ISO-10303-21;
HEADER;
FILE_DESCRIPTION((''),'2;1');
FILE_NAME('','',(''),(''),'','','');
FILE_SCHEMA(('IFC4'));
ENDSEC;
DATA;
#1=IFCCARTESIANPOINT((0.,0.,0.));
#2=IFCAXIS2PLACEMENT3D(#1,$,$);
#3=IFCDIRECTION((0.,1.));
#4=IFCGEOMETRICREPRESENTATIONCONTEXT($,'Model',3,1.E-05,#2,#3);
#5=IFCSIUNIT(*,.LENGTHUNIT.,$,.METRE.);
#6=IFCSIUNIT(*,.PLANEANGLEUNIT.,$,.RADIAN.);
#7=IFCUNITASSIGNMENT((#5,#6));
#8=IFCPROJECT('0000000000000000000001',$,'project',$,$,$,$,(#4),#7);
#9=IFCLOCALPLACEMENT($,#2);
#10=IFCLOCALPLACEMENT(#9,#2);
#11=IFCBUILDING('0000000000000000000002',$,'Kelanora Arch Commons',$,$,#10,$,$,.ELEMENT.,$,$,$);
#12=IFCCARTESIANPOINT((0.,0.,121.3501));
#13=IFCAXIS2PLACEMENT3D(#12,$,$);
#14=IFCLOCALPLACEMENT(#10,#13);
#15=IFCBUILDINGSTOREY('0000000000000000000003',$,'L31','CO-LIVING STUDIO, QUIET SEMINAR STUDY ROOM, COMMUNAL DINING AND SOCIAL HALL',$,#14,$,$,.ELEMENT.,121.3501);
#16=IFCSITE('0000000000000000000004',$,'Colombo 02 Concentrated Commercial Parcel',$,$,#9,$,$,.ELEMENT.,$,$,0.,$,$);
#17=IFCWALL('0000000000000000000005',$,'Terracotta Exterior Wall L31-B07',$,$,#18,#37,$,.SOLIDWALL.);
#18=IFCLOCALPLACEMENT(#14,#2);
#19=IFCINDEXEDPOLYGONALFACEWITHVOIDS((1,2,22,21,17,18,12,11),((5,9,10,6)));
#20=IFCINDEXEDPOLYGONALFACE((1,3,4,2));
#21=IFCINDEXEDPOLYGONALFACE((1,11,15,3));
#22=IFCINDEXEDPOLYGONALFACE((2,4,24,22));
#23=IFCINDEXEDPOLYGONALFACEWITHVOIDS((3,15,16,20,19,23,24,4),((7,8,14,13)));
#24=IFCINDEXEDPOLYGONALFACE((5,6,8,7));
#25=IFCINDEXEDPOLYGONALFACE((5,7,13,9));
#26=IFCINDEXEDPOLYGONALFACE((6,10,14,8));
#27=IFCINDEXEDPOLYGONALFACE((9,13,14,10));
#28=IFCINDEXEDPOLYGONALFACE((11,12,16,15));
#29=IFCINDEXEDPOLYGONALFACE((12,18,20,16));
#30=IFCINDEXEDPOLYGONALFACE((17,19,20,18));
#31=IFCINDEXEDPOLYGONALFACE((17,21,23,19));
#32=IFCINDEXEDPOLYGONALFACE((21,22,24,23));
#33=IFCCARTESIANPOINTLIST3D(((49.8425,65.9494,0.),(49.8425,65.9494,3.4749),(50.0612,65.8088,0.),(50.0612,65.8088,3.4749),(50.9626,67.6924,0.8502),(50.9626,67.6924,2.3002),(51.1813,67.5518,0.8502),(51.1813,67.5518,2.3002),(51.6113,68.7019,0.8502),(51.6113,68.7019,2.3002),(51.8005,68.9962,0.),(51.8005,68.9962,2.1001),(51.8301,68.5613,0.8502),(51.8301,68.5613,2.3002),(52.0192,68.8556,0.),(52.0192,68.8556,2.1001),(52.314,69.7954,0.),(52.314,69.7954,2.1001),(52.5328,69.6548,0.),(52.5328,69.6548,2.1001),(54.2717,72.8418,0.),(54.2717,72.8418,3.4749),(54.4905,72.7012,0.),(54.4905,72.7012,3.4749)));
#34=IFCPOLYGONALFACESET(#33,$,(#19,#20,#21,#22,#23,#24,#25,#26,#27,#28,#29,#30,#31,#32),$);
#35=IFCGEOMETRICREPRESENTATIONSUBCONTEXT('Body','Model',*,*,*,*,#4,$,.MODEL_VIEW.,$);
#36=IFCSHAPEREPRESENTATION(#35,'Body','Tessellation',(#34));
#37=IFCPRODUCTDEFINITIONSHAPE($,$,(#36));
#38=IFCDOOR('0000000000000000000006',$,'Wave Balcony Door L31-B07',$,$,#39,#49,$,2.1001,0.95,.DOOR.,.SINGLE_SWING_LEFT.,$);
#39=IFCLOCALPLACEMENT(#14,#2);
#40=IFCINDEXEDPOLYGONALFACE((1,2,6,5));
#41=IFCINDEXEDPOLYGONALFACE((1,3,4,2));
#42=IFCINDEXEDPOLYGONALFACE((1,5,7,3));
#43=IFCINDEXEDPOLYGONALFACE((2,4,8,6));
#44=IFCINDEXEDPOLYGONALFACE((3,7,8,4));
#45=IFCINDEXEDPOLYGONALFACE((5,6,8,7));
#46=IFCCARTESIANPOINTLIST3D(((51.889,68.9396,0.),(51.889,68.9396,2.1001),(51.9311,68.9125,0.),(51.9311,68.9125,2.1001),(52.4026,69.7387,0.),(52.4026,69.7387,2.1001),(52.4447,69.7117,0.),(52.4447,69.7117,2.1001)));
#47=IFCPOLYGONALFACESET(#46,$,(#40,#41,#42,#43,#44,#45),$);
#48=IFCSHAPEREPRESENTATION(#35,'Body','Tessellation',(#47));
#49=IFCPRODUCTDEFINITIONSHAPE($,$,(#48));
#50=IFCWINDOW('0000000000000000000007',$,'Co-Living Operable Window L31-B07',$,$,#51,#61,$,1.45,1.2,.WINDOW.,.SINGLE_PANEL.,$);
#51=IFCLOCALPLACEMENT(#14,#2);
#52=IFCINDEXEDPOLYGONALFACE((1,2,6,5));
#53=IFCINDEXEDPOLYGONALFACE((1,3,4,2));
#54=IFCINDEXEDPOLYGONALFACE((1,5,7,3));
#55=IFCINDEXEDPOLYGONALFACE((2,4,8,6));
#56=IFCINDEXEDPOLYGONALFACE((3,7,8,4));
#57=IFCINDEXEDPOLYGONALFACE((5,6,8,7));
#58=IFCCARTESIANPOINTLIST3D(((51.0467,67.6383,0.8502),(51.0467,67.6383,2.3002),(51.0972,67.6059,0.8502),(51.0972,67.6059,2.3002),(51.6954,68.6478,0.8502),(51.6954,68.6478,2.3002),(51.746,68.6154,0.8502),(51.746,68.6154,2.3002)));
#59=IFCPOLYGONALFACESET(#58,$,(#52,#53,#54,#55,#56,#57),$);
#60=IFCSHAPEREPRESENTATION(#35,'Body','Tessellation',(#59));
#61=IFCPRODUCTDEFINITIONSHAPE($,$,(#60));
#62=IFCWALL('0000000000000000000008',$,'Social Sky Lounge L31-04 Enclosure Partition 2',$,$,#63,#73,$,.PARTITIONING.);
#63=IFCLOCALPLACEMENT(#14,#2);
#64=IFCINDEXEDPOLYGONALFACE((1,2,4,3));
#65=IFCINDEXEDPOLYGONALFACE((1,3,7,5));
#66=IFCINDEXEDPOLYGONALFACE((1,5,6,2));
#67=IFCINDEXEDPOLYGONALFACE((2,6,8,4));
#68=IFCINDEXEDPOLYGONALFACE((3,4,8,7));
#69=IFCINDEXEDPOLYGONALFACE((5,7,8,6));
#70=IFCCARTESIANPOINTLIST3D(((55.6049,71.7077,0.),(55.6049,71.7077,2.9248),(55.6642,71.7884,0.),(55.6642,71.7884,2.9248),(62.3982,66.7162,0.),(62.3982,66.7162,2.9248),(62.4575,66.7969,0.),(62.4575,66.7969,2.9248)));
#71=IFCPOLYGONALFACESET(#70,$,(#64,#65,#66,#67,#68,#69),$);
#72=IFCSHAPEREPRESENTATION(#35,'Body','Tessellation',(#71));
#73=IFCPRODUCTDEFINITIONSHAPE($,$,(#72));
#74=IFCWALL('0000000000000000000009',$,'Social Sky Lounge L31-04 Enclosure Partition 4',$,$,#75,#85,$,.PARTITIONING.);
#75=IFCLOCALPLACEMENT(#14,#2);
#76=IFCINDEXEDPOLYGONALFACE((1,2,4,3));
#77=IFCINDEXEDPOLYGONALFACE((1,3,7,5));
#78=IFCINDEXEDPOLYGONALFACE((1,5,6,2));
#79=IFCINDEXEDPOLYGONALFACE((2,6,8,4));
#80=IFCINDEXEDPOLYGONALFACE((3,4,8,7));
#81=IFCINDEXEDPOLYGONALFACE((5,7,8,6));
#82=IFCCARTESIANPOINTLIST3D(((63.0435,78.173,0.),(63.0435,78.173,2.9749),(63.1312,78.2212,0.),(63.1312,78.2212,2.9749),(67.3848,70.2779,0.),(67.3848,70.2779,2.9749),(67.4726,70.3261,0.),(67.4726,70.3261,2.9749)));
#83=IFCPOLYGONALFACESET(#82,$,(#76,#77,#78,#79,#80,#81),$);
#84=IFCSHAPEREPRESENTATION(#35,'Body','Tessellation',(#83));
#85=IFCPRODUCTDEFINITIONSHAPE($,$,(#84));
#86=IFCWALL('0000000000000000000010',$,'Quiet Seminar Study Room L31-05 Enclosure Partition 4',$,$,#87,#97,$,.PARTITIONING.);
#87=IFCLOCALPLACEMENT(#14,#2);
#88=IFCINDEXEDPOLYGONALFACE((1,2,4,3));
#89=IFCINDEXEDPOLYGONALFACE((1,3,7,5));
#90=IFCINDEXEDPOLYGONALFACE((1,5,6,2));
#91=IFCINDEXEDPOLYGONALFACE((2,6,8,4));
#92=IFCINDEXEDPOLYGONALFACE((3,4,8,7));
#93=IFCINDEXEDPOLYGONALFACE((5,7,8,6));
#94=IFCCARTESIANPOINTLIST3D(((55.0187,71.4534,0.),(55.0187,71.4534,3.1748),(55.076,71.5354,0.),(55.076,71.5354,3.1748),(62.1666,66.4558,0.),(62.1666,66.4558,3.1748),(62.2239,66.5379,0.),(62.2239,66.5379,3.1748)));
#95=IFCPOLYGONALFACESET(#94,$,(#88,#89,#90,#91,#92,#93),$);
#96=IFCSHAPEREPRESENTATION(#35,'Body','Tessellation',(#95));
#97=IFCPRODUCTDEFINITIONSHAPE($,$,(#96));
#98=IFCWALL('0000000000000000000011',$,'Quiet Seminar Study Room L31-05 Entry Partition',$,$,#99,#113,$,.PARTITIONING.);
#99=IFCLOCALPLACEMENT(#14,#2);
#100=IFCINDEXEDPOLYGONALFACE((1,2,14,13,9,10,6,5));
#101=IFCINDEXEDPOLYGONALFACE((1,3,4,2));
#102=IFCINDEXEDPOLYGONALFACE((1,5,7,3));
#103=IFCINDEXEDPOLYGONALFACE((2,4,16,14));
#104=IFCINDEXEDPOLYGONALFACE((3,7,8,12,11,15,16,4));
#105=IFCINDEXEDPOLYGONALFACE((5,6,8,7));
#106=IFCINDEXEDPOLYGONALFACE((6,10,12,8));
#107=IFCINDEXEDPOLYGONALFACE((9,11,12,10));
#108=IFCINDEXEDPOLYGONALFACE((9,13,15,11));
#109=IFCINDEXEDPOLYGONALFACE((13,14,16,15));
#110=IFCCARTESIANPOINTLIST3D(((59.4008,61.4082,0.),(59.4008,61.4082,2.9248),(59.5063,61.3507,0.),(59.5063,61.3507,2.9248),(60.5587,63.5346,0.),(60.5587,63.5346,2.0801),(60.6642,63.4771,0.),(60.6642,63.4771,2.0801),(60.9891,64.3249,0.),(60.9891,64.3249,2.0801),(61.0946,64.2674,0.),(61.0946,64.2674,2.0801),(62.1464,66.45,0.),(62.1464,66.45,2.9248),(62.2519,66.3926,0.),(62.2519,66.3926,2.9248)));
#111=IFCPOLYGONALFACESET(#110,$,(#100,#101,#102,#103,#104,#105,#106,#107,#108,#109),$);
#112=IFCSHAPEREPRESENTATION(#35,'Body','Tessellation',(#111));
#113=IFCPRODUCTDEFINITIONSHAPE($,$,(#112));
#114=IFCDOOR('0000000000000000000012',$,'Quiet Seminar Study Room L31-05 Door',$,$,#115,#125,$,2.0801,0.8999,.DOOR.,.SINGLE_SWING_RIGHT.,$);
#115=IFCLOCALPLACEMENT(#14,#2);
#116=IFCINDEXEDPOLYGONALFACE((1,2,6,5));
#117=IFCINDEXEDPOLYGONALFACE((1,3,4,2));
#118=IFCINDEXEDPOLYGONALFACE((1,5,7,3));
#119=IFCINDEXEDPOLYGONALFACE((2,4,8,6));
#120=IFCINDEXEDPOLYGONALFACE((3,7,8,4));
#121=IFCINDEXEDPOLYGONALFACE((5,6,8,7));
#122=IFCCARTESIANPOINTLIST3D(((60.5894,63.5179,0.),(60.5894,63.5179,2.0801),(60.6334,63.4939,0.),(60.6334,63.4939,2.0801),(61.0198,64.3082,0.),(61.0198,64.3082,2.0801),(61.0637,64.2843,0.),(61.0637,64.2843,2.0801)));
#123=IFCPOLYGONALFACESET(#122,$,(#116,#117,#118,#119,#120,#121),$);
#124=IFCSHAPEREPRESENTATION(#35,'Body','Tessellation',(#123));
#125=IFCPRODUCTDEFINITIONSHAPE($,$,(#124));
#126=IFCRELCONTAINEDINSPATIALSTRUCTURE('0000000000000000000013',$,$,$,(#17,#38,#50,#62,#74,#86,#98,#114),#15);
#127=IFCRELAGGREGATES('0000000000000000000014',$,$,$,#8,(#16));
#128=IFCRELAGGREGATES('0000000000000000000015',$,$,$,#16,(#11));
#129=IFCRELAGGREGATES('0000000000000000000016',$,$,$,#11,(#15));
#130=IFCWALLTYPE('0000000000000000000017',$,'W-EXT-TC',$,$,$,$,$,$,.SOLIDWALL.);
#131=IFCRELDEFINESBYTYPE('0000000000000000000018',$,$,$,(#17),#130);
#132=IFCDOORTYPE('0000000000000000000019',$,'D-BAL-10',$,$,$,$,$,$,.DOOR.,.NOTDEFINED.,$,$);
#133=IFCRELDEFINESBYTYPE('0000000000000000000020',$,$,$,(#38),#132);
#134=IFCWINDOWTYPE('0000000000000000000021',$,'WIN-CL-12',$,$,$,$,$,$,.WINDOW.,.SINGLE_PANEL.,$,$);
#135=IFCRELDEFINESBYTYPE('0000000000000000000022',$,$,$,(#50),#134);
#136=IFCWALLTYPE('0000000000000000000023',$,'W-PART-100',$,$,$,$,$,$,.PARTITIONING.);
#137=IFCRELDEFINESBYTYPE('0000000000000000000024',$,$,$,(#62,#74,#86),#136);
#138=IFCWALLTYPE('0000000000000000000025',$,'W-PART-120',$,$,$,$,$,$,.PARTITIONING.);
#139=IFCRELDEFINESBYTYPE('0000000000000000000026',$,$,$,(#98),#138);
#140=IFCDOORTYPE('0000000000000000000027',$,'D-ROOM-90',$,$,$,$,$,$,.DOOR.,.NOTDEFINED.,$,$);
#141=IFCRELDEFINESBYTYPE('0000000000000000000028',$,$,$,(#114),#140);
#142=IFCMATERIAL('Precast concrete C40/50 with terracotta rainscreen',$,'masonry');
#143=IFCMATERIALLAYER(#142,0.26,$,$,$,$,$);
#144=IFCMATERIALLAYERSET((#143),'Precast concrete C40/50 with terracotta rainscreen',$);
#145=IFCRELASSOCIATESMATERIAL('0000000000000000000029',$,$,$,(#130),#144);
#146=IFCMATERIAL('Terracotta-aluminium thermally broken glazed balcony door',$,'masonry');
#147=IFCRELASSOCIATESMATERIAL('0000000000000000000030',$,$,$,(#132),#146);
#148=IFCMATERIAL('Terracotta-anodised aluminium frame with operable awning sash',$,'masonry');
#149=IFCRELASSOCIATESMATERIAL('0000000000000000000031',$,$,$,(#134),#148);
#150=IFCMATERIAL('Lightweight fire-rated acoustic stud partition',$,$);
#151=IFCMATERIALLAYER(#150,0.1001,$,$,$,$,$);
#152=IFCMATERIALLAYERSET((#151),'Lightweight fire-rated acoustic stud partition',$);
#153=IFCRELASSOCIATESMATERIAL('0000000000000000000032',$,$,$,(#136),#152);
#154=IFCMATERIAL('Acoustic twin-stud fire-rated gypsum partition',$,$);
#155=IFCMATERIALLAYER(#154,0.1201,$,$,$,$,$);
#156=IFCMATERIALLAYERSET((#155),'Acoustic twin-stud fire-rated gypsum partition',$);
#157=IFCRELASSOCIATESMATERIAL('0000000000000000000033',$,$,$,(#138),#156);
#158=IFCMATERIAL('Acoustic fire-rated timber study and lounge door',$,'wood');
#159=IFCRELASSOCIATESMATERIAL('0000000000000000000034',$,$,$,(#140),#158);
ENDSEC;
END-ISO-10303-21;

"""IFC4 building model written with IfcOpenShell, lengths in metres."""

from ifc_helpers import new_model, si_unit, direction, frame, frame_2d, origin, place, context, subcontext, project, spatial, rectangle, extrude, material, layer, layer_set, type_object, element, fill, save


model = new_model("IFC4")

# Units and contexts
model_context = context("Model", 3, precision=1e-05, world=origin(), true_north=direction((0.0, 1.0)))
body_context = subcontext(model_context, "Body", "Model", "MODEL_VIEW")
ifc_project = project(units=[si_unit("LENGTHUNIT", "METRE"), si_unit("PLANEANGLEUNIT", "RADIAN")], contexts=[model_context])

# Site, building, storey
site_placement = place(None, origin())
site = spatial("IfcSite", under=ifc_project, at=site_placement, Name="Colombo 02 Concentrated Commercial Parcel", CompositionType="ELEMENT", RefElevation=0.0)
building_placement = place(site_placement, origin())
building = spatial("IfcBuilding", under=site, at=building_placement, Name="Kelanora Arch Commons", CompositionType="ELEMENT")
storey_placement = place(building_placement, frame((0.0, 0.0, 121.3501)))
storey = spatial("IfcBuildingStorey", under=building, at=storey_placement, Name="L31", Description="CO-LIVING STUDIO, QUIET SEMINAR STUDY ROOM, COMMUNAL DINING AND SOCIAL HALL", CompositionType="ELEMENT", Elevation=121.3501)

# Shared definitions
ifc_material_1 = material(Name="Precast concrete C40/50 with terracotta rainscreen", Category="masonry")
ifc_layer_1 = layer(ifc_material_1, 0.26)
ifc_layer_set_1 = layer_set([ifc_layer_1], Name="Precast concrete C40/50 with terracotta rainscreen")
wall_type_1 = type_object("IfcWallType", Name="W-EXT-TC", PredefinedType="SOLIDWALL", material=ifc_layer_set_1)

# Wall, openings, door, window
wall_1_placement = place(storey_placement, frame((54.3811, 72.7715, 0.0), z_axis=(0.0, 0.0, 1.0), x_axis=(-0.540621, -0.841267, 0.0)))
wall_1 = element("IfcWall", 1, at=wall_1_placement, inside=storey, type_object=wall_type_1, Name="Terracotta Exterior Wall L31-B07", PredefinedType="SOLIDWALL", context=body_context, shape_type="SweptSolid", body=[
    extrude(rectangle(XDim=8.1929, YDim=0.26, at=frame_2d((4.0964, 0.0))), origin(), (0.0, 0.0, 1.0), 3.4749),
])
opening_1_placement = place(wall_1_placement, frame((3.6211, 0.0, 0.0)))
opening_1 = element("IfcOpeningElement", 2, at=opening_1_placement, cuts=wall_1, PredefinedType="OPENING", context=body_context, shape_type="SweptSolid", body=[
    extrude(rectangle(XDim=0.95, YDim=2.1001, at=frame_2d((0.4751, 1.05))), frame((0.0, 0.1401, 0.0), z_axis=(0.0, -1.0, 0.0), x_axis=(1.0, 0.0, 0.0)), (0.0, 0.0, 1.0), 0.28),
])
opening_2_placement = place(wall_1_placement, frame((4.9209, 0.0, 0.8501)))
opening_2 = element("IfcOpeningElement", 3, at=opening_2_placement, cuts=wall_1, PredefinedType="OPENING", context=body_context, shape_type="SweptSolid", body=[
    extrude(rectangle(XDim=1.2, YDim=1.45, at=frame_2d((0.6001, 0.7251))), frame((0.0, 0.1401, 0.0), z_axis=(0.0, -1.0, 0.0), x_axis=(1.0, 0.0, 0.0)), (0.0, 0.0, 1.0), 0.28),
])
ifc_material_2 = material(Name="Terracotta-aluminium thermally broken glazed balcony door", Category="masonry")
door_type_1 = type_object("IfcDoorType", Name="D-BAL-10", OperationType="NOTDEFINED", PredefinedType="DOOR", material=ifc_material_2)
door_1_placement = place(opening_1_placement, frame((0.95, 0.0, 0.0), z_axis=(0.0, 0.0, 1.0), x_axis=(-1.0, 0.0, 0.0)))
door_1 = element("IfcDoor", 4, at=door_1_placement, inside=storey, type_object=door_type_1, Name="Wave Balcony Door L31-B07", OperationType="SINGLE_SWING_LEFT", OverallHeight=2.1001, OverallWidth=0.95, PredefinedType="DOOR", context=body_context, shape_type="SweptSolid", body=[
    extrude(rectangle(XDim=0.95, YDim=2.1001, at=frame_2d((0.4751, 1.05))), frame((0.0, 0.0249, 0.0), z_axis=(0.0, -1.0, 0.0), x_axis=(1.0, 0.0, 0.0)), (0.0, 0.0, 1.0), 0.05),
])
fill(opening_1, door_1)
ifc_material_3 = material(Name="Terracotta-anodised aluminium frame with operable awning sash", Category="masonry")
window_type_1 = type_object("IfcWindowType", Name="WIN-CL-12", PartitioningType="SINGLE_PANEL", PredefinedType="WINDOW", material=ifc_material_3)
window_1_placement = place(opening_2_placement, origin())
window_1 = element("IfcWindow", 5, at=window_1_placement, inside=storey, type_object=window_type_1, Name="Co-Living Operable Window L31-B07", OverallHeight=1.45, OverallWidth=1.2, PartitioningType="SINGLE_PANEL", PredefinedType="WINDOW", context=body_context, shape_type="SweptSolid", body=[
    extrude(rectangle(XDim=1.2, YDim=1.45, at=frame_2d((0.6001, 0.7251))), frame((0.0, 0.03, 0.0), z_axis=(0.0, -1.0, 0.0), x_axis=(1.0, 0.0, 0.0)), (0.0, 0.0, 1.0), 0.0601),
])
fill(opening_2, window_1)

# Walls
ifc_material_4 = material(Name="Lightweight fire-rated acoustic stud partition")
ifc_layer_2 = layer(ifc_material_4, 0.1001)
ifc_layer_set_2 = layer_set([ifc_layer_2], Name="Lightweight fire-rated acoustic stud partition")
wall_type_2 = type_object("IfcWallType", Name="W-PART-100", PredefinedType="PARTITIONING", material=ifc_layer_set_2)
wall_2_placement = place(storey_placement, frame((62.4277, 66.7566, 0.0), z_axis=(0.0, 0.0, 1.0), x_axis=(-0.805852, 0.592117, 0.0)))
element("IfcWall", 6, at=wall_2_placement, inside=storey, type_object=wall_type_2, Name="Social Sky Lounge L31-04 Enclosure Partition 2", PredefinedType="PARTITIONING", context=body_context, shape_type="SweptSolid", body=[
    extrude(rectangle(XDim=8.4299, YDim=0.1001, at=frame_2d((4.2148, 0.0))), origin(), (0.0, 0.0, 1.0), 2.9248),
])
wall_3_placement = place(storey_placement, frame((63.0874, 78.197, 0.0), z_axis=(0.0, 0.0, 1.0), x_axis=(0.481838, -0.876261, 0.0)))
element("IfcWall", 7, at=wall_3_placement, inside=storey, type_object=wall_type_2, Name="Social Sky Lounge L31-04 Enclosure Partition 4", PredefinedType="PARTITIONING", context=body_context, shape_type="SweptSolid", body=[
    extrude(rectangle(XDim=9.01, YDim=0.1001, at=frame_2d((4.5049, 0.0))), origin(), (0.0, 0.0, 1.0), 2.9749),
])
wall_4_placement = place(storey_placement, frame((55.0474, 71.4944, 0.0), z_axis=(0.0, 0.0, 1.0), x_axis=(0.819555, -0.573, 0.0)))
element("IfcWall", 8, at=wall_4_placement, inside=storey, type_object=wall_type_2, Name="Quiet Seminar Study Room L31-05 Enclosure Partition 4", PredefinedType="PARTITIONING", context=body_context, shape_type="SweptSolid", body=[
    extrude(rectangle(XDim=8.7217, YDim=0.1001, at=frame_2d((4.3608, 0.0))), origin(), (0.0, 0.0, 1.0), 3.1748),
])

# Wall, opening, door
ifc_material_5 = material(Name="Acoustic twin-stud fire-rated gypsum partition")
ifc_layer_3 = layer(ifc_material_5, 0.1201)
ifc_layer_set_3 = layer_set([ifc_layer_3], Name="Acoustic twin-stud fire-rated gypsum partition")
wall_type_3 = type_object("IfcWallType", Name="W-PART-120", PredefinedType="PARTITIONING", material=ifc_layer_set_3)
wall_5_placement = place(storey_placement, frame((62.1992, 66.4214, 0.0), z_axis=(0.0, 0.0, 1.0), x_axis=(-0.478256, -0.87822, 0.0)))
wall_5 = element("IfcWall", 9, at=wall_5_placement, inside=storey, type_object=wall_type_3, Name="Quiet Seminar Study Room L31-05 Entry Partition", PredefinedType="PARTITIONING", context=body_context, shape_type="SweptSolid", body=[
    extrude(rectangle(XDim=5.741, YDim=0.1201, at=frame_2d((2.8706, 0.0))), origin(), (0.0, 0.0, 1.0), 2.9248),
])
opening_3_placement = place(wall_5_placement, frame((2.4199, 0.0, 0.0)))
opening_3 = element("IfcOpeningElement", 10, at=opening_3_placement, cuts=wall_5, PredefinedType="OPENING", context=body_context, shape_type="SweptSolid", body=[
    extrude(rectangle(XDim=0.8999, YDim=2.0801, at=frame_2d((0.45, 1.04))), frame((0.0, 0.0701, 0.0), z_axis=(0.0, -1.0, 0.0), x_axis=(1.0, 0.0, 0.0)), (0.0, 0.0, 1.0), 0.1401),
])
ifc_material_6 = material(Name="Acoustic fire-rated timber study and lounge door", Category="wood")
door_type_2 = type_object("IfcDoorType", Name="D-ROOM-90", OperationType="NOTDEFINED", PredefinedType="DOOR", material=ifc_material_6)
door_2_placement = place(opening_3_placement, origin())
door_2 = element("IfcDoor", 11, at=door_2_placement, inside=storey, type_object=door_type_2, Name="Quiet Seminar Study Room L31-05 Door", OperationType="SINGLE_SWING_RIGHT", OverallHeight=2.0801, OverallWidth=0.8999, PredefinedType="DOOR", context=body_context, shape_type="SweptSolid", body=[
    extrude(rectangle(XDim=0.8999, YDim=2.0801, at=frame_2d((0.45, 1.04))), frame((0.0, 0.0249, 0.0), z_axis=(0.0, -1.0, 0.0), x_axis=(1.0, 0.0, 0.0)), (0.0, 0.0, 1.0), 0.05),
])
fill(opening_3, door_2)

save(model, "model.ifc")
